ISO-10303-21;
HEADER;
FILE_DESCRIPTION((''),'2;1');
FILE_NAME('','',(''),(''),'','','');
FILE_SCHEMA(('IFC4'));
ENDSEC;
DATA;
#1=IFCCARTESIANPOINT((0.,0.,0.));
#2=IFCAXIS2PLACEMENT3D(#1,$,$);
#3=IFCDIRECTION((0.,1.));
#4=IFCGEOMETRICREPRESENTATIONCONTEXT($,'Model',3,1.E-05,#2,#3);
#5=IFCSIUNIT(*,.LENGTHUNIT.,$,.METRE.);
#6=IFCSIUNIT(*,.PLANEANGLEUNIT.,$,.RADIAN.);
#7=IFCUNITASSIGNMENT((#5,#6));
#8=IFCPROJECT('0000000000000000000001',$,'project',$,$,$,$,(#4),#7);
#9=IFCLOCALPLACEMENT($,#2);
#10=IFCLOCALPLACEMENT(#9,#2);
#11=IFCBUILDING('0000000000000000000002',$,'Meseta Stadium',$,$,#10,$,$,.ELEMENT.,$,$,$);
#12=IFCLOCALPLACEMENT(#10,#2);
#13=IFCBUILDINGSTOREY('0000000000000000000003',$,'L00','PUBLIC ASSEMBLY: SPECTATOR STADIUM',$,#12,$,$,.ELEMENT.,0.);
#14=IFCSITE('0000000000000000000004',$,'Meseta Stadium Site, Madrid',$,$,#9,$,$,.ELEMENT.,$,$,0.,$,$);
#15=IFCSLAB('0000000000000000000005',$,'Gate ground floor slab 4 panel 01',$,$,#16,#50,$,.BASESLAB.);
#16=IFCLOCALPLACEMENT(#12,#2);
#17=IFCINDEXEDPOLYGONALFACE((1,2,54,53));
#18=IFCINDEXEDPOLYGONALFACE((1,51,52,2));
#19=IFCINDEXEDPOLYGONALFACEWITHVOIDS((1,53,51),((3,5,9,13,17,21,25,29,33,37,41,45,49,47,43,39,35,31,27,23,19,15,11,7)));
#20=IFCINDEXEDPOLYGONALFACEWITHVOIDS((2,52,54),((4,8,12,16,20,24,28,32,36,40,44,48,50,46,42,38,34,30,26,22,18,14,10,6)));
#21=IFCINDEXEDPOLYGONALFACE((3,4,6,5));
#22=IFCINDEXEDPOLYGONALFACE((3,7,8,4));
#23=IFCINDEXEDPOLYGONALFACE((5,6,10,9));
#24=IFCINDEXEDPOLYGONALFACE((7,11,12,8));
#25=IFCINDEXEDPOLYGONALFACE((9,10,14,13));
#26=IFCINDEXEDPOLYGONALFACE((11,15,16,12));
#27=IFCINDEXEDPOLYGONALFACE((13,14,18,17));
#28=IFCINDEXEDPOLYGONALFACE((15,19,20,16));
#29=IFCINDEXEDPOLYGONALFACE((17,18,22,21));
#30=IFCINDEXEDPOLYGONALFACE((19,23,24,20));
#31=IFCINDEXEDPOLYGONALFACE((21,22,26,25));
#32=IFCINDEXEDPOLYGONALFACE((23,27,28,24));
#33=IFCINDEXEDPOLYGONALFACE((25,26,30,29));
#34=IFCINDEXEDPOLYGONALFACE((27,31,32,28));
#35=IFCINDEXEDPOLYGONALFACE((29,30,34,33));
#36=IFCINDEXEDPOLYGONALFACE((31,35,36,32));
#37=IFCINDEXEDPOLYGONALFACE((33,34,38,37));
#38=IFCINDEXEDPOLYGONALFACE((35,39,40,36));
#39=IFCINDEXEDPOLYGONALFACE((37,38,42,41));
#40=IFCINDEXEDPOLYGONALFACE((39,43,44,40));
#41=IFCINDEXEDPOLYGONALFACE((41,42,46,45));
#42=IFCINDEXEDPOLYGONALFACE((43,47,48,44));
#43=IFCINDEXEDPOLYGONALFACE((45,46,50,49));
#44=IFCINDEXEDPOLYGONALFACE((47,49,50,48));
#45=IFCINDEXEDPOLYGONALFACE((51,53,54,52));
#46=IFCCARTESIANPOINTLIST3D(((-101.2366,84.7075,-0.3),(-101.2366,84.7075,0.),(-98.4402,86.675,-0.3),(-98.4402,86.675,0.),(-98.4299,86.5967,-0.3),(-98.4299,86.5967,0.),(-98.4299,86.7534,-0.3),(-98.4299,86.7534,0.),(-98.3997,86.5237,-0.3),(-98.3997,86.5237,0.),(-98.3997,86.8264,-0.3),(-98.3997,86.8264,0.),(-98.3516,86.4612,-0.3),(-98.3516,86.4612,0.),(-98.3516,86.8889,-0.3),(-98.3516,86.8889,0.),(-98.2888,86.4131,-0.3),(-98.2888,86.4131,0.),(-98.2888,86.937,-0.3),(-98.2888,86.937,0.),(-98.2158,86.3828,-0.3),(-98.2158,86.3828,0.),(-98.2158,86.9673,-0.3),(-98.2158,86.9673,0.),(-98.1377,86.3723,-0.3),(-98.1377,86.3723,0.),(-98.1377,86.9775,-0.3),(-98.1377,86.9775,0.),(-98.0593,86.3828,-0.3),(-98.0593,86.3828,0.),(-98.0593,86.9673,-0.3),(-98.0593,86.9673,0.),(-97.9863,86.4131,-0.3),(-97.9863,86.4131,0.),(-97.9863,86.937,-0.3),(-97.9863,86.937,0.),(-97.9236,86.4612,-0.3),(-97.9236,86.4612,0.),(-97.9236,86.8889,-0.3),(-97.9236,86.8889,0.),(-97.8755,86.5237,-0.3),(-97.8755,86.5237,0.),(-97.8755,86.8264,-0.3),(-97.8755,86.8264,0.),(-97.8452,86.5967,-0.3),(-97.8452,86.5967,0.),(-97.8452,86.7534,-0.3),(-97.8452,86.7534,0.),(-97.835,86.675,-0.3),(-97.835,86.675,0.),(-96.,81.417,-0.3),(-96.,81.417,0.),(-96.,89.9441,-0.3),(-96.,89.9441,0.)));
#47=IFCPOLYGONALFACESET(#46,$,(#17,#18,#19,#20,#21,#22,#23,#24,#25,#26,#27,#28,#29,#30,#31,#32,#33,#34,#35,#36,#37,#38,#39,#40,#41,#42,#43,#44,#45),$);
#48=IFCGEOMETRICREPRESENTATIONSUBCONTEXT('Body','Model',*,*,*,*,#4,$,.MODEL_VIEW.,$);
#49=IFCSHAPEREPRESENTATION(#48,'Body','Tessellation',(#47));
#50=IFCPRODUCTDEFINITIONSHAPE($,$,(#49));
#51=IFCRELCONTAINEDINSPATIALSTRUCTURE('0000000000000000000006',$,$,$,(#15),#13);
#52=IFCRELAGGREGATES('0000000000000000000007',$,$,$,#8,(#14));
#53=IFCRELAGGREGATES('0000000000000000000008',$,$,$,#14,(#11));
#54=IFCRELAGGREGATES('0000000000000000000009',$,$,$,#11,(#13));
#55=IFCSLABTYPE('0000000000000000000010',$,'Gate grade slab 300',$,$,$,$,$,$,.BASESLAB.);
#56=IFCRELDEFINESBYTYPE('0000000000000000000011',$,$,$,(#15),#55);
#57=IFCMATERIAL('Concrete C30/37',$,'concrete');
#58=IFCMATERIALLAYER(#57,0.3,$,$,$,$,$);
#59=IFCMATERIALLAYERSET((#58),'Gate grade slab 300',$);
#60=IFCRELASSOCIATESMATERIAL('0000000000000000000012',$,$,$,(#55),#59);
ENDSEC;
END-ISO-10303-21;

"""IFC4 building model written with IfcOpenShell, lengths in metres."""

from ifc_helpers import new_model, si_unit, direction, frame, origin, place, context, subcontext, project, spatial, polyline, outline, extrude, material, layer, layer_set, type_object, element, save


model = new_model("IFC4")

# Units and contexts
model_context = context("Model", 3, precision=1e-05, world=origin(), true_north=direction((0.0, 1.0)))
body_context = subcontext(model_context, "Body", "Model", "MODEL_VIEW")
ifc_project = project(units=[si_unit("LENGTHUNIT", "METRE"), si_unit("PLANEANGLEUNIT", "RADIAN")], contexts=[model_context])

# Site, building, storey
site_placement = place(None, origin())
site = spatial("IfcSite", under=ifc_project, at=site_placement, Name="Meseta Stadium Site, Madrid", CompositionType="ELEMENT", RefElevation=0.0)
building_placement = place(site_placement, origin())
building = spatial("IfcBuilding", under=site, at=building_placement, Name="Meseta Stadium", CompositionType="ELEMENT")
storey_placement = place(building_placement, origin())
storey = spatial("IfcBuildingStorey", under=building, at=storey_placement, Name="L00", Description="PUBLIC ASSEMBLY: SPECTATOR STADIUM", CompositionType="ELEMENT", Elevation=0.0)

# Slab
ifc_material_1 = material(Name="Concrete C30/37", Category="concrete")
ifc_layer_1 = layer(ifc_material_1, 0.3)
ifc_layer_set_1 = layer_set([ifc_layer_1], Name="Gate grade slab 300")
slab_type_1 = type_object("IfcSlabType", Name="Gate grade slab 300", PredefinedType="BASESLAB", material=ifc_layer_set_1)
slab_1_placement = place(storey_placement, frame((0.0, 0.0, -0.3)))
element("IfcSlab", 1, at=slab_1_placement, inside=storey, type_object=slab_type_1, Name="Gate ground floor slab 4 panel 01", PredefinedType="BASESLAB", context=body_context, shape_type="SweptSolid", body=[
    extrude(outline(polyline([(-96.0, 89.9441), (-101.2366, 84.7075), (-96.0, 81.417), (-96.0, 89.9441)]), holes=[polyline([(-97.8755, 86.5237), (-97.9236, 86.4612), (-97.9863, 86.4131), (-98.0593, 86.3828), (-98.1377, 86.3723), (-98.2158, 86.3828), (-98.2888, 86.4131), (-98.3516, 86.4612), (-98.3997, 86.5237), (-98.4299, 86.5967), (-98.4402, 86.675), (-98.4299, 86.7534), (-98.3997, 86.8264), (-98.3516, 86.8889), (-98.2888, 86.937), (-98.2158, 86.9673), (-98.1377, 86.9775), (-98.0593, 86.9673), (-97.9863, 86.937), (-97.9236, 86.8889), (-97.8755, 86.8264), (-97.8452, 86.7534), (-97.835, 86.675), (-97.8452, 86.5967), (-97.8755, 86.5237)])]), origin(), (0.0, 0.0, 1.0), 0.3),
])

save(model, "model.ifc")
